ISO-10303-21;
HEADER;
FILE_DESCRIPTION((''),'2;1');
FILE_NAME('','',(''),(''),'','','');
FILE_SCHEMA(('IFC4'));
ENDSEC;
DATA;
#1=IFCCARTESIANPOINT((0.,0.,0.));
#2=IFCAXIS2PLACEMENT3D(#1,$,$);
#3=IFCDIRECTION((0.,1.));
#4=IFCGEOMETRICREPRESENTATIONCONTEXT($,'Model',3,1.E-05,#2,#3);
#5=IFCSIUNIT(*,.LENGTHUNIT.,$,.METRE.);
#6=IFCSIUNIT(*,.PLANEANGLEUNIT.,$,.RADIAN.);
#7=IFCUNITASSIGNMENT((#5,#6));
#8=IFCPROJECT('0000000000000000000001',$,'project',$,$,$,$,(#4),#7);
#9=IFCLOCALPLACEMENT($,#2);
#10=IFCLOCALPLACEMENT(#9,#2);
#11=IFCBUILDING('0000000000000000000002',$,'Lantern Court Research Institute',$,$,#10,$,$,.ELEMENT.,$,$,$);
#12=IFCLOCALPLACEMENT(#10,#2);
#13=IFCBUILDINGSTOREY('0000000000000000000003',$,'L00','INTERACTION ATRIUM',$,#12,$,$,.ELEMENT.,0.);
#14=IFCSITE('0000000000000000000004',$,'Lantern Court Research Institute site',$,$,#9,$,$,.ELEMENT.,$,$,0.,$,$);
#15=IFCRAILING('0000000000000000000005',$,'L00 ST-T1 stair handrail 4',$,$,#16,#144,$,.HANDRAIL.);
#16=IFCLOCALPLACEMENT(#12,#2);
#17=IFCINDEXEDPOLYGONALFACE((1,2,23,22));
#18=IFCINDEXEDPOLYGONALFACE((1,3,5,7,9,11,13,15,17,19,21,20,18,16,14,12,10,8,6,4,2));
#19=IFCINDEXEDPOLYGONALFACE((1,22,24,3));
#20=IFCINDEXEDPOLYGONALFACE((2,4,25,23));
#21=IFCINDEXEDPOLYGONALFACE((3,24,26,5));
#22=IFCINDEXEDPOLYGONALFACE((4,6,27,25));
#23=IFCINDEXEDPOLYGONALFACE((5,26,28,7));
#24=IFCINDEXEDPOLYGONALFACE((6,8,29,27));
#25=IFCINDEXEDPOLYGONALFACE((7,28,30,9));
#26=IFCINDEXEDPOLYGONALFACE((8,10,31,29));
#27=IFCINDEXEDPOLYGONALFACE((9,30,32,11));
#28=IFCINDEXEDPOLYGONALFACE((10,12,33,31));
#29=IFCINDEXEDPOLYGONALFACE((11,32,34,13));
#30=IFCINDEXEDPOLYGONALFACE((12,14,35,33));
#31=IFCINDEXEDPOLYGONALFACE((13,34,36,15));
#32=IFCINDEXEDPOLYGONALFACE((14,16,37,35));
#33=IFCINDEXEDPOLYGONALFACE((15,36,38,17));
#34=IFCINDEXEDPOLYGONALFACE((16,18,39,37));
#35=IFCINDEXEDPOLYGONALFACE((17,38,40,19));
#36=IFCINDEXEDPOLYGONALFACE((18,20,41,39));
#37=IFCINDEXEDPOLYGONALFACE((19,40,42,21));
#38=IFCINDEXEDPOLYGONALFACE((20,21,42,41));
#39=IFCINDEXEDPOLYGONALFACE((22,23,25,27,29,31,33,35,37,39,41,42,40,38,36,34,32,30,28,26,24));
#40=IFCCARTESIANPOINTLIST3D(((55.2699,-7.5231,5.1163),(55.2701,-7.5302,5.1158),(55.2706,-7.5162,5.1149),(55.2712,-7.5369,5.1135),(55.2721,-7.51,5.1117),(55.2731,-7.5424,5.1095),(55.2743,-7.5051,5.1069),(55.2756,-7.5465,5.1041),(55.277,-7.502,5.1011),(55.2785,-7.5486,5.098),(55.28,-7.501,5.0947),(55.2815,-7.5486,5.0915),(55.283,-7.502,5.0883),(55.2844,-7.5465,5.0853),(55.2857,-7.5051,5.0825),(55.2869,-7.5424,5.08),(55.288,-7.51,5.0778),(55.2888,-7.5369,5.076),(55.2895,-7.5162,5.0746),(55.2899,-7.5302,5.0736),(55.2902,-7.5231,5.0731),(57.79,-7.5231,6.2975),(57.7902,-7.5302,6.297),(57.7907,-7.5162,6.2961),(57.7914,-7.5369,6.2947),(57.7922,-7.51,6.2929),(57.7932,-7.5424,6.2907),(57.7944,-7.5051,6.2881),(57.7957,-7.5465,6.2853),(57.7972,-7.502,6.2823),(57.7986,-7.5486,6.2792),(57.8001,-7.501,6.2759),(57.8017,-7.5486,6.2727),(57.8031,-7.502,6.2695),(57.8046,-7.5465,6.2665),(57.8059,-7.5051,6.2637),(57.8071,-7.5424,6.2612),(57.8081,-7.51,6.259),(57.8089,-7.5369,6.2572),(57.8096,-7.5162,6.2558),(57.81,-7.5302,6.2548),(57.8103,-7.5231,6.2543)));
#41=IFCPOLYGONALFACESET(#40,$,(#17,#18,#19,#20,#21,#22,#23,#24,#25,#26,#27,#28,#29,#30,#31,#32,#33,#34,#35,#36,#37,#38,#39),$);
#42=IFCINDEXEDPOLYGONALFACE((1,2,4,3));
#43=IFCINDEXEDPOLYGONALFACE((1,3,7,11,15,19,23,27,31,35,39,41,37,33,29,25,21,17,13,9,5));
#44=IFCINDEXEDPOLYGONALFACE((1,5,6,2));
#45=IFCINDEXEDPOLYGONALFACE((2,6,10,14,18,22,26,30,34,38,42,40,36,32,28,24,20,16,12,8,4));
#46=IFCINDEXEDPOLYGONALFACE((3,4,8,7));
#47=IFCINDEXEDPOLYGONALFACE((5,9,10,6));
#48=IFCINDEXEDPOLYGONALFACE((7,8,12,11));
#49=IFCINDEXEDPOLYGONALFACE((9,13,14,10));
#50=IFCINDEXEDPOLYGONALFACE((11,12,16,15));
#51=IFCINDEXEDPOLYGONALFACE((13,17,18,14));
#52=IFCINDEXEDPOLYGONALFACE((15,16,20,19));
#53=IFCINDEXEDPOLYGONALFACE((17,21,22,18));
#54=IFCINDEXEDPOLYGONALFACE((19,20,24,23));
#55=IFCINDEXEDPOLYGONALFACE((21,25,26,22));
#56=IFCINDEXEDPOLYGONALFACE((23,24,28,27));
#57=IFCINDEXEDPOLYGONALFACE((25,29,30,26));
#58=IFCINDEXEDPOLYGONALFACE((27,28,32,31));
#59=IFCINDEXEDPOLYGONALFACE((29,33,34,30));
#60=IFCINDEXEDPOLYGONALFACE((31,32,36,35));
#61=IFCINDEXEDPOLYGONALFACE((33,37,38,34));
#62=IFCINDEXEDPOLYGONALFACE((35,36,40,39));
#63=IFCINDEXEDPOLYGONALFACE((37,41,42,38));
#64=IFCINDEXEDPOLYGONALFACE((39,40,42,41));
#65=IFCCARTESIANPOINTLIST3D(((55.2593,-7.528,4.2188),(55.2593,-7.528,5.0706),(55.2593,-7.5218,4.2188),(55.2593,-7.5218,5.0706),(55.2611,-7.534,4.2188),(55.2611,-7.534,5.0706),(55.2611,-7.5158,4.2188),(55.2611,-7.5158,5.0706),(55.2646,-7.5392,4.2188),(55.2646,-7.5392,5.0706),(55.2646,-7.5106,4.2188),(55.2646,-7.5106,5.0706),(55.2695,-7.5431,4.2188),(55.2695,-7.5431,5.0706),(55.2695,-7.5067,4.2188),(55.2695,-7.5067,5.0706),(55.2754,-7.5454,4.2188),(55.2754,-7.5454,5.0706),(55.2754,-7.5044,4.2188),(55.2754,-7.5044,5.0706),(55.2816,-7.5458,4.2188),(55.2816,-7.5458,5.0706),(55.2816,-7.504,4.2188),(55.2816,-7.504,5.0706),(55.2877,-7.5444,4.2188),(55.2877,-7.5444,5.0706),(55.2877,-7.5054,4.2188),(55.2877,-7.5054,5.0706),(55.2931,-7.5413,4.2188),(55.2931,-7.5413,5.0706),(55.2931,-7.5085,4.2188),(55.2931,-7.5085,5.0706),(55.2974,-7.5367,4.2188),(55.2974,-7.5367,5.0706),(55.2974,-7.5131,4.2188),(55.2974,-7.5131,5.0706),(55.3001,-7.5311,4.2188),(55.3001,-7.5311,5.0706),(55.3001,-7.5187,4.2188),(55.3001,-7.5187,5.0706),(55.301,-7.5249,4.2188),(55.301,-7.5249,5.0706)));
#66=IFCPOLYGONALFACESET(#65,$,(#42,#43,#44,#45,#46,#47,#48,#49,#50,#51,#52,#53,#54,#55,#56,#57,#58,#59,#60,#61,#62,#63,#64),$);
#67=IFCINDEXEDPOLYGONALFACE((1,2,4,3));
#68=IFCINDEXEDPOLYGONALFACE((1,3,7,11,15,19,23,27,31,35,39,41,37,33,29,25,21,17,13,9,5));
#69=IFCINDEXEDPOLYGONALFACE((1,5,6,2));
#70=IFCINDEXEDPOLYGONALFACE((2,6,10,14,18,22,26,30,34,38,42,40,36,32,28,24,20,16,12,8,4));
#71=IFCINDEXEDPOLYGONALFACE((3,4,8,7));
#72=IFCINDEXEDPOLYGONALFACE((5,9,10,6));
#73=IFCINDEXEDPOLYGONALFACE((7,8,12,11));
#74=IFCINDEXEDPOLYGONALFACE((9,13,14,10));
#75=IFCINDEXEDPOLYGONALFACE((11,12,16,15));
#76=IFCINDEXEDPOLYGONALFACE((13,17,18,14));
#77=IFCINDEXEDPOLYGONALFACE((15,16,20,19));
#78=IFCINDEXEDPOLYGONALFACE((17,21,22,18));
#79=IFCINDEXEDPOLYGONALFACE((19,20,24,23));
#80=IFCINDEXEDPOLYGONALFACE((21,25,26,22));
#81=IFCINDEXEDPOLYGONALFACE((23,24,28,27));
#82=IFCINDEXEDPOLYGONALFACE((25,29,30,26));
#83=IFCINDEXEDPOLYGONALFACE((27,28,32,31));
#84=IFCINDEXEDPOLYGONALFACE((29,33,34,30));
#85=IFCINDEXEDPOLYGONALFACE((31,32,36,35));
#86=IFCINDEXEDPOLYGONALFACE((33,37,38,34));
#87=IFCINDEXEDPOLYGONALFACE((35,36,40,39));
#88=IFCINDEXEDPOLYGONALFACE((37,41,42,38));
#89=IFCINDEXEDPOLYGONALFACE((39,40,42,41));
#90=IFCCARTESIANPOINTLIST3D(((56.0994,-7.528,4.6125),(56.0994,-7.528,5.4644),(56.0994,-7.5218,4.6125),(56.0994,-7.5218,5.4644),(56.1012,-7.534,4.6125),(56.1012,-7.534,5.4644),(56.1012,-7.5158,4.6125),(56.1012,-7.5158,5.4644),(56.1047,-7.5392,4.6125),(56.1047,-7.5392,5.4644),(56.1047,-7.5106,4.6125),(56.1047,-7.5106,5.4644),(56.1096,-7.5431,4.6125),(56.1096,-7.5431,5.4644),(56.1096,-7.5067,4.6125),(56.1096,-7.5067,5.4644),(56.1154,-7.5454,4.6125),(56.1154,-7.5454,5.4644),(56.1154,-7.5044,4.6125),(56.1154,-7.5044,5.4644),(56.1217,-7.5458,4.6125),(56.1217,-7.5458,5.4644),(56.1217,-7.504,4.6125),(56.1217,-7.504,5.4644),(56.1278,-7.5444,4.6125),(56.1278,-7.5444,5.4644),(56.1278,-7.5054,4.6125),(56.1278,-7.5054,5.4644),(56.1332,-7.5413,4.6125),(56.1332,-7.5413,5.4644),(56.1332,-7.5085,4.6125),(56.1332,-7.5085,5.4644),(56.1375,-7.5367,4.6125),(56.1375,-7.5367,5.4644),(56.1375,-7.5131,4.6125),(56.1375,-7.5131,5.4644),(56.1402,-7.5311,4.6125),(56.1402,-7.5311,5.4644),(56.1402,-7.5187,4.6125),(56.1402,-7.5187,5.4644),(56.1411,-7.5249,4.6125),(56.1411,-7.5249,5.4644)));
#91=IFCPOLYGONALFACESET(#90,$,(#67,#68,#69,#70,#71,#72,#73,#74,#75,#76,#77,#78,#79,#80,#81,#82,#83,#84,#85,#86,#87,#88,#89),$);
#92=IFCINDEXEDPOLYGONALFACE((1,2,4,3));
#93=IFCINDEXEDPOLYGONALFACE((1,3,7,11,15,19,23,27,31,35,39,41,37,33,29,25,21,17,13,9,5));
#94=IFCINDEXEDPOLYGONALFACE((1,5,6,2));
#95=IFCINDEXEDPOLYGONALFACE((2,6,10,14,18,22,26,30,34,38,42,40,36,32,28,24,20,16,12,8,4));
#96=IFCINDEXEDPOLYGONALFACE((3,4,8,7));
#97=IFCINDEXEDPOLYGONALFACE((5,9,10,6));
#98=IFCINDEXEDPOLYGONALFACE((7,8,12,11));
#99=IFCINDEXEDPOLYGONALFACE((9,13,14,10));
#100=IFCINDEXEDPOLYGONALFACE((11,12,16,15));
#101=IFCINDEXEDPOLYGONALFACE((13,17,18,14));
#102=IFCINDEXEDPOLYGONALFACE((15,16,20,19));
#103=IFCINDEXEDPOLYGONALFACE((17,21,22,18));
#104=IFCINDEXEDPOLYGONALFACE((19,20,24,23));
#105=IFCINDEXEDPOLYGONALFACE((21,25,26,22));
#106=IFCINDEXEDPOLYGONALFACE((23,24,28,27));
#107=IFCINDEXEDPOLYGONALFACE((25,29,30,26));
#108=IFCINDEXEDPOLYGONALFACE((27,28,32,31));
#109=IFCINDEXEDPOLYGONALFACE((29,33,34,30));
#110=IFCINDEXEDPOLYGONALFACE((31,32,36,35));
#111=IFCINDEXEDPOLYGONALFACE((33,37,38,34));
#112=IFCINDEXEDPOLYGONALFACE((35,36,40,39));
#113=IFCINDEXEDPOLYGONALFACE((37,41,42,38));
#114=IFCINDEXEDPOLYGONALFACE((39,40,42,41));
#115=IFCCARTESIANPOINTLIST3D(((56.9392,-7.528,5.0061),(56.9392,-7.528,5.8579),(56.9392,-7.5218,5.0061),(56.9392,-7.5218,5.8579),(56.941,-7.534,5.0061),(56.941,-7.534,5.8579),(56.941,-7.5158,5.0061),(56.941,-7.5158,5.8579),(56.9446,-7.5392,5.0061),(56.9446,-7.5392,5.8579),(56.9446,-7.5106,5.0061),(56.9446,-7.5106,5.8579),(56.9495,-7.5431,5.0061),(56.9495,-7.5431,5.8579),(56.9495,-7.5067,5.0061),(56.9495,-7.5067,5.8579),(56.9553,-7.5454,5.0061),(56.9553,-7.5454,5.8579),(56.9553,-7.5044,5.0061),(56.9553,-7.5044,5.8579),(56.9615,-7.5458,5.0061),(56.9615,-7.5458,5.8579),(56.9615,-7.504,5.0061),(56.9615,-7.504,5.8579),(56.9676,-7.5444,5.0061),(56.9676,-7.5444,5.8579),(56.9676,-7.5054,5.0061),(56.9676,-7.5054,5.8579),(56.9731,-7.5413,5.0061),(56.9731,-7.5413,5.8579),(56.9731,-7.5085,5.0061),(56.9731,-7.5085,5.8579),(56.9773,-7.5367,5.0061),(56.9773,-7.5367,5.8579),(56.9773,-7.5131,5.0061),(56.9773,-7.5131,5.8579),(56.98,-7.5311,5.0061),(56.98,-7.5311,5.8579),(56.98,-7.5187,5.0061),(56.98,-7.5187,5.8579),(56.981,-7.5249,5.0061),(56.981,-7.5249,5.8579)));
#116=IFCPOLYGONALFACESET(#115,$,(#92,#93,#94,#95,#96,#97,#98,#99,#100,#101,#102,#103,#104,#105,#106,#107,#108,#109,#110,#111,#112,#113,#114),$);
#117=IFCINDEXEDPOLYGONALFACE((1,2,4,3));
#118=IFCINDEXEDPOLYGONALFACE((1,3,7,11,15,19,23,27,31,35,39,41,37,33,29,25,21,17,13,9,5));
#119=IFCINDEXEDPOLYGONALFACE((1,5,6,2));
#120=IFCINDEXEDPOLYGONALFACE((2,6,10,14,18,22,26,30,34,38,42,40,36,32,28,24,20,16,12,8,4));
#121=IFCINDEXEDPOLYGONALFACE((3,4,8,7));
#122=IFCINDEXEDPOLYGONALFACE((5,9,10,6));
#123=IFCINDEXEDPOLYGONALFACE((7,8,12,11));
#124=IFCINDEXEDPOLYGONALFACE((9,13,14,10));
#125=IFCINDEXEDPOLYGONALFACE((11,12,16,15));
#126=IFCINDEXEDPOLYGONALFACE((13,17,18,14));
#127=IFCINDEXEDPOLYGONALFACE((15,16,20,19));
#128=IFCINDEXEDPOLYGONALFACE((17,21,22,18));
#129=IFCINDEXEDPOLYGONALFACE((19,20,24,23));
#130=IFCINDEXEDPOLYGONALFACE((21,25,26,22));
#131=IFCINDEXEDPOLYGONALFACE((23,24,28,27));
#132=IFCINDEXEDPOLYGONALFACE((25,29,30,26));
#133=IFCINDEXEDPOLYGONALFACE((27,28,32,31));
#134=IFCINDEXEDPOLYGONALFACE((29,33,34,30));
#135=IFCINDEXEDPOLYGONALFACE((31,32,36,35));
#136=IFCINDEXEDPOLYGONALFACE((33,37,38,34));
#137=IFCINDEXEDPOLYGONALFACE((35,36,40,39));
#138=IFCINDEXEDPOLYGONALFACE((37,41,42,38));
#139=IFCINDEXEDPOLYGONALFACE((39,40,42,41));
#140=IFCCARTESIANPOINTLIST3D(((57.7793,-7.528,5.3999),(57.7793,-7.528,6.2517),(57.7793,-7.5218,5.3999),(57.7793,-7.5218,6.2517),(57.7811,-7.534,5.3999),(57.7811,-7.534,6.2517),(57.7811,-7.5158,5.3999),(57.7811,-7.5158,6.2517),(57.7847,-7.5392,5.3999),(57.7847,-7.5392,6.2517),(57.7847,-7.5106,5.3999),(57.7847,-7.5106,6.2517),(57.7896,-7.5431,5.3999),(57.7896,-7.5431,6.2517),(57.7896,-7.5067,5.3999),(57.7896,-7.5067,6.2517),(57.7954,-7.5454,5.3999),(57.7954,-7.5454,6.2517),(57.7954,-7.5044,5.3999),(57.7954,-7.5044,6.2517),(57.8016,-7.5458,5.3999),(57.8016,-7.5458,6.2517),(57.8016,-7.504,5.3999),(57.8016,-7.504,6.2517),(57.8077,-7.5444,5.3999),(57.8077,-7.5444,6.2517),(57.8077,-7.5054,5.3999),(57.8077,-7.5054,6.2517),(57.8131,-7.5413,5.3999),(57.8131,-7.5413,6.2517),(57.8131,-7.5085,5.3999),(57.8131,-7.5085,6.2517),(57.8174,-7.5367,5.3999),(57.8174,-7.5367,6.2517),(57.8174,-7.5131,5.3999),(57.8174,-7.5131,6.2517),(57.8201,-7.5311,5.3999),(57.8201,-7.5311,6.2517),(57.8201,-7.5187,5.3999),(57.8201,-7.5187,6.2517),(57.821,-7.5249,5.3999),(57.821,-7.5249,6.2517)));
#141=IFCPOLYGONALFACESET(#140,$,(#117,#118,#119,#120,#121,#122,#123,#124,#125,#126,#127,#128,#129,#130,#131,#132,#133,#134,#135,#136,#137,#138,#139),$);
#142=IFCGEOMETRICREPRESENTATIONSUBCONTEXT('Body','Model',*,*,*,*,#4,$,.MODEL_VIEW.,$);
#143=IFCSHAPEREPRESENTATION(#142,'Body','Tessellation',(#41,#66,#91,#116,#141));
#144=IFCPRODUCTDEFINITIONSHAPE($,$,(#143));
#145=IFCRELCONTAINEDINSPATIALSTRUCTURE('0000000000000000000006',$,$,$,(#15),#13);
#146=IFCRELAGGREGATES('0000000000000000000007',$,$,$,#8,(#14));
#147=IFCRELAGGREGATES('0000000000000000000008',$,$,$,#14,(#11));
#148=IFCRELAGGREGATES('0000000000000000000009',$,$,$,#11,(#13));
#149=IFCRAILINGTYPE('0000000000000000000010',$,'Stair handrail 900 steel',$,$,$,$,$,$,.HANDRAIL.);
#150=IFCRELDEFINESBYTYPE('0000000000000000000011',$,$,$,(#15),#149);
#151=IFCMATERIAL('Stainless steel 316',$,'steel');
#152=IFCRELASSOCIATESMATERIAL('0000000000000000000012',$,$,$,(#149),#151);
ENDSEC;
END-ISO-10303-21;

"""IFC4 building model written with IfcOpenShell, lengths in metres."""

from ifc_helpers import new_model, si_unit, direction, frame, origin, origin_2d, place, context, subcontext, project, spatial, circle, extrude, material, type_object, element, save


model = new_model("IFC4")

# Units and contexts
model_context = context("Model", 3, precision=1e-05, world=origin(), true_north=direction((0.0, 1.0)))
body_context = subcontext(model_context, "Body", "Model", "MODEL_VIEW")
ifc_project = project(units=[si_unit("LENGTHUNIT", "METRE"), si_unit("PLANEANGLEUNIT", "RADIAN")], contexts=[model_context])

# Site, building, storey
site_placement = place(None, origin())
site = spatial("IfcSite", under=ifc_project, at=site_placement, Name="Lantern Court Research Institute site", CompositionType="ELEMENT", RefElevation=0.0)
building_placement = place(site_placement, origin())
building = spatial("IfcBuilding", under=site, at=building_placement, Name="Lantern Court Research Institute", CompositionType="ELEMENT")
storey_placement = place(building_placement, origin())
storey = spatial("IfcBuildingStorey", under=building, at=storey_placement, Name="L00", Description="INTERACTION ATRIUM", CompositionType="ELEMENT", Elevation=0.0)

# Railing
ifc_material_1 = material(Name="Stainless steel 316", Category="steel")
railing_type_1 = type_object("IfcRailingType", Name="Stair handrail 900 steel", PredefinedType="HANDRAIL", material=ifc_material_1)
for number, where, name in (
    (1, (55.28, -7.5249, 4.2188), "L00 ST-T1 stair handrail 4"),
):
    element("IfcRailing", number, at=place(storey_placement, frame(where)), inside=storey, type_object=railing_type_1, Name=name, PredefinedType="HANDRAIL", context=body_context, shape_type="SweptSolid", body=[
        extrude(circle(Radius=0.0239, at=origin_2d()), frame((0.0, 0.0, 0.876), z_axis=(0.905474, 0.0, 0.424402), x_axis=(0.0, 1.0, 0.0)), (0.0, 0.0, 1.0), 2.7832),
        extrude(circle(Radius=0.021, at=origin_2d()), origin(), (0.0, 0.0, 1.0), 0.8518),
        extrude(circle(Radius=0.021, at=origin_2d()), frame((0.8401, 0.0, 0.3938)), (0.0, 0.0, 1.0), 0.8518),
        extrude(circle(Radius=0.021, at=origin_2d()), frame((1.6799, 0.0, 0.7874)), (0.0, 0.0, 1.0), 0.8518),
        extrude(circle(Radius=0.021, at=origin_2d()), frame((2.52, 0.0, 1.1812)), (0.0, 0.0, 1.0), 0.8518),
    ])

save(model, "model.ifc")
